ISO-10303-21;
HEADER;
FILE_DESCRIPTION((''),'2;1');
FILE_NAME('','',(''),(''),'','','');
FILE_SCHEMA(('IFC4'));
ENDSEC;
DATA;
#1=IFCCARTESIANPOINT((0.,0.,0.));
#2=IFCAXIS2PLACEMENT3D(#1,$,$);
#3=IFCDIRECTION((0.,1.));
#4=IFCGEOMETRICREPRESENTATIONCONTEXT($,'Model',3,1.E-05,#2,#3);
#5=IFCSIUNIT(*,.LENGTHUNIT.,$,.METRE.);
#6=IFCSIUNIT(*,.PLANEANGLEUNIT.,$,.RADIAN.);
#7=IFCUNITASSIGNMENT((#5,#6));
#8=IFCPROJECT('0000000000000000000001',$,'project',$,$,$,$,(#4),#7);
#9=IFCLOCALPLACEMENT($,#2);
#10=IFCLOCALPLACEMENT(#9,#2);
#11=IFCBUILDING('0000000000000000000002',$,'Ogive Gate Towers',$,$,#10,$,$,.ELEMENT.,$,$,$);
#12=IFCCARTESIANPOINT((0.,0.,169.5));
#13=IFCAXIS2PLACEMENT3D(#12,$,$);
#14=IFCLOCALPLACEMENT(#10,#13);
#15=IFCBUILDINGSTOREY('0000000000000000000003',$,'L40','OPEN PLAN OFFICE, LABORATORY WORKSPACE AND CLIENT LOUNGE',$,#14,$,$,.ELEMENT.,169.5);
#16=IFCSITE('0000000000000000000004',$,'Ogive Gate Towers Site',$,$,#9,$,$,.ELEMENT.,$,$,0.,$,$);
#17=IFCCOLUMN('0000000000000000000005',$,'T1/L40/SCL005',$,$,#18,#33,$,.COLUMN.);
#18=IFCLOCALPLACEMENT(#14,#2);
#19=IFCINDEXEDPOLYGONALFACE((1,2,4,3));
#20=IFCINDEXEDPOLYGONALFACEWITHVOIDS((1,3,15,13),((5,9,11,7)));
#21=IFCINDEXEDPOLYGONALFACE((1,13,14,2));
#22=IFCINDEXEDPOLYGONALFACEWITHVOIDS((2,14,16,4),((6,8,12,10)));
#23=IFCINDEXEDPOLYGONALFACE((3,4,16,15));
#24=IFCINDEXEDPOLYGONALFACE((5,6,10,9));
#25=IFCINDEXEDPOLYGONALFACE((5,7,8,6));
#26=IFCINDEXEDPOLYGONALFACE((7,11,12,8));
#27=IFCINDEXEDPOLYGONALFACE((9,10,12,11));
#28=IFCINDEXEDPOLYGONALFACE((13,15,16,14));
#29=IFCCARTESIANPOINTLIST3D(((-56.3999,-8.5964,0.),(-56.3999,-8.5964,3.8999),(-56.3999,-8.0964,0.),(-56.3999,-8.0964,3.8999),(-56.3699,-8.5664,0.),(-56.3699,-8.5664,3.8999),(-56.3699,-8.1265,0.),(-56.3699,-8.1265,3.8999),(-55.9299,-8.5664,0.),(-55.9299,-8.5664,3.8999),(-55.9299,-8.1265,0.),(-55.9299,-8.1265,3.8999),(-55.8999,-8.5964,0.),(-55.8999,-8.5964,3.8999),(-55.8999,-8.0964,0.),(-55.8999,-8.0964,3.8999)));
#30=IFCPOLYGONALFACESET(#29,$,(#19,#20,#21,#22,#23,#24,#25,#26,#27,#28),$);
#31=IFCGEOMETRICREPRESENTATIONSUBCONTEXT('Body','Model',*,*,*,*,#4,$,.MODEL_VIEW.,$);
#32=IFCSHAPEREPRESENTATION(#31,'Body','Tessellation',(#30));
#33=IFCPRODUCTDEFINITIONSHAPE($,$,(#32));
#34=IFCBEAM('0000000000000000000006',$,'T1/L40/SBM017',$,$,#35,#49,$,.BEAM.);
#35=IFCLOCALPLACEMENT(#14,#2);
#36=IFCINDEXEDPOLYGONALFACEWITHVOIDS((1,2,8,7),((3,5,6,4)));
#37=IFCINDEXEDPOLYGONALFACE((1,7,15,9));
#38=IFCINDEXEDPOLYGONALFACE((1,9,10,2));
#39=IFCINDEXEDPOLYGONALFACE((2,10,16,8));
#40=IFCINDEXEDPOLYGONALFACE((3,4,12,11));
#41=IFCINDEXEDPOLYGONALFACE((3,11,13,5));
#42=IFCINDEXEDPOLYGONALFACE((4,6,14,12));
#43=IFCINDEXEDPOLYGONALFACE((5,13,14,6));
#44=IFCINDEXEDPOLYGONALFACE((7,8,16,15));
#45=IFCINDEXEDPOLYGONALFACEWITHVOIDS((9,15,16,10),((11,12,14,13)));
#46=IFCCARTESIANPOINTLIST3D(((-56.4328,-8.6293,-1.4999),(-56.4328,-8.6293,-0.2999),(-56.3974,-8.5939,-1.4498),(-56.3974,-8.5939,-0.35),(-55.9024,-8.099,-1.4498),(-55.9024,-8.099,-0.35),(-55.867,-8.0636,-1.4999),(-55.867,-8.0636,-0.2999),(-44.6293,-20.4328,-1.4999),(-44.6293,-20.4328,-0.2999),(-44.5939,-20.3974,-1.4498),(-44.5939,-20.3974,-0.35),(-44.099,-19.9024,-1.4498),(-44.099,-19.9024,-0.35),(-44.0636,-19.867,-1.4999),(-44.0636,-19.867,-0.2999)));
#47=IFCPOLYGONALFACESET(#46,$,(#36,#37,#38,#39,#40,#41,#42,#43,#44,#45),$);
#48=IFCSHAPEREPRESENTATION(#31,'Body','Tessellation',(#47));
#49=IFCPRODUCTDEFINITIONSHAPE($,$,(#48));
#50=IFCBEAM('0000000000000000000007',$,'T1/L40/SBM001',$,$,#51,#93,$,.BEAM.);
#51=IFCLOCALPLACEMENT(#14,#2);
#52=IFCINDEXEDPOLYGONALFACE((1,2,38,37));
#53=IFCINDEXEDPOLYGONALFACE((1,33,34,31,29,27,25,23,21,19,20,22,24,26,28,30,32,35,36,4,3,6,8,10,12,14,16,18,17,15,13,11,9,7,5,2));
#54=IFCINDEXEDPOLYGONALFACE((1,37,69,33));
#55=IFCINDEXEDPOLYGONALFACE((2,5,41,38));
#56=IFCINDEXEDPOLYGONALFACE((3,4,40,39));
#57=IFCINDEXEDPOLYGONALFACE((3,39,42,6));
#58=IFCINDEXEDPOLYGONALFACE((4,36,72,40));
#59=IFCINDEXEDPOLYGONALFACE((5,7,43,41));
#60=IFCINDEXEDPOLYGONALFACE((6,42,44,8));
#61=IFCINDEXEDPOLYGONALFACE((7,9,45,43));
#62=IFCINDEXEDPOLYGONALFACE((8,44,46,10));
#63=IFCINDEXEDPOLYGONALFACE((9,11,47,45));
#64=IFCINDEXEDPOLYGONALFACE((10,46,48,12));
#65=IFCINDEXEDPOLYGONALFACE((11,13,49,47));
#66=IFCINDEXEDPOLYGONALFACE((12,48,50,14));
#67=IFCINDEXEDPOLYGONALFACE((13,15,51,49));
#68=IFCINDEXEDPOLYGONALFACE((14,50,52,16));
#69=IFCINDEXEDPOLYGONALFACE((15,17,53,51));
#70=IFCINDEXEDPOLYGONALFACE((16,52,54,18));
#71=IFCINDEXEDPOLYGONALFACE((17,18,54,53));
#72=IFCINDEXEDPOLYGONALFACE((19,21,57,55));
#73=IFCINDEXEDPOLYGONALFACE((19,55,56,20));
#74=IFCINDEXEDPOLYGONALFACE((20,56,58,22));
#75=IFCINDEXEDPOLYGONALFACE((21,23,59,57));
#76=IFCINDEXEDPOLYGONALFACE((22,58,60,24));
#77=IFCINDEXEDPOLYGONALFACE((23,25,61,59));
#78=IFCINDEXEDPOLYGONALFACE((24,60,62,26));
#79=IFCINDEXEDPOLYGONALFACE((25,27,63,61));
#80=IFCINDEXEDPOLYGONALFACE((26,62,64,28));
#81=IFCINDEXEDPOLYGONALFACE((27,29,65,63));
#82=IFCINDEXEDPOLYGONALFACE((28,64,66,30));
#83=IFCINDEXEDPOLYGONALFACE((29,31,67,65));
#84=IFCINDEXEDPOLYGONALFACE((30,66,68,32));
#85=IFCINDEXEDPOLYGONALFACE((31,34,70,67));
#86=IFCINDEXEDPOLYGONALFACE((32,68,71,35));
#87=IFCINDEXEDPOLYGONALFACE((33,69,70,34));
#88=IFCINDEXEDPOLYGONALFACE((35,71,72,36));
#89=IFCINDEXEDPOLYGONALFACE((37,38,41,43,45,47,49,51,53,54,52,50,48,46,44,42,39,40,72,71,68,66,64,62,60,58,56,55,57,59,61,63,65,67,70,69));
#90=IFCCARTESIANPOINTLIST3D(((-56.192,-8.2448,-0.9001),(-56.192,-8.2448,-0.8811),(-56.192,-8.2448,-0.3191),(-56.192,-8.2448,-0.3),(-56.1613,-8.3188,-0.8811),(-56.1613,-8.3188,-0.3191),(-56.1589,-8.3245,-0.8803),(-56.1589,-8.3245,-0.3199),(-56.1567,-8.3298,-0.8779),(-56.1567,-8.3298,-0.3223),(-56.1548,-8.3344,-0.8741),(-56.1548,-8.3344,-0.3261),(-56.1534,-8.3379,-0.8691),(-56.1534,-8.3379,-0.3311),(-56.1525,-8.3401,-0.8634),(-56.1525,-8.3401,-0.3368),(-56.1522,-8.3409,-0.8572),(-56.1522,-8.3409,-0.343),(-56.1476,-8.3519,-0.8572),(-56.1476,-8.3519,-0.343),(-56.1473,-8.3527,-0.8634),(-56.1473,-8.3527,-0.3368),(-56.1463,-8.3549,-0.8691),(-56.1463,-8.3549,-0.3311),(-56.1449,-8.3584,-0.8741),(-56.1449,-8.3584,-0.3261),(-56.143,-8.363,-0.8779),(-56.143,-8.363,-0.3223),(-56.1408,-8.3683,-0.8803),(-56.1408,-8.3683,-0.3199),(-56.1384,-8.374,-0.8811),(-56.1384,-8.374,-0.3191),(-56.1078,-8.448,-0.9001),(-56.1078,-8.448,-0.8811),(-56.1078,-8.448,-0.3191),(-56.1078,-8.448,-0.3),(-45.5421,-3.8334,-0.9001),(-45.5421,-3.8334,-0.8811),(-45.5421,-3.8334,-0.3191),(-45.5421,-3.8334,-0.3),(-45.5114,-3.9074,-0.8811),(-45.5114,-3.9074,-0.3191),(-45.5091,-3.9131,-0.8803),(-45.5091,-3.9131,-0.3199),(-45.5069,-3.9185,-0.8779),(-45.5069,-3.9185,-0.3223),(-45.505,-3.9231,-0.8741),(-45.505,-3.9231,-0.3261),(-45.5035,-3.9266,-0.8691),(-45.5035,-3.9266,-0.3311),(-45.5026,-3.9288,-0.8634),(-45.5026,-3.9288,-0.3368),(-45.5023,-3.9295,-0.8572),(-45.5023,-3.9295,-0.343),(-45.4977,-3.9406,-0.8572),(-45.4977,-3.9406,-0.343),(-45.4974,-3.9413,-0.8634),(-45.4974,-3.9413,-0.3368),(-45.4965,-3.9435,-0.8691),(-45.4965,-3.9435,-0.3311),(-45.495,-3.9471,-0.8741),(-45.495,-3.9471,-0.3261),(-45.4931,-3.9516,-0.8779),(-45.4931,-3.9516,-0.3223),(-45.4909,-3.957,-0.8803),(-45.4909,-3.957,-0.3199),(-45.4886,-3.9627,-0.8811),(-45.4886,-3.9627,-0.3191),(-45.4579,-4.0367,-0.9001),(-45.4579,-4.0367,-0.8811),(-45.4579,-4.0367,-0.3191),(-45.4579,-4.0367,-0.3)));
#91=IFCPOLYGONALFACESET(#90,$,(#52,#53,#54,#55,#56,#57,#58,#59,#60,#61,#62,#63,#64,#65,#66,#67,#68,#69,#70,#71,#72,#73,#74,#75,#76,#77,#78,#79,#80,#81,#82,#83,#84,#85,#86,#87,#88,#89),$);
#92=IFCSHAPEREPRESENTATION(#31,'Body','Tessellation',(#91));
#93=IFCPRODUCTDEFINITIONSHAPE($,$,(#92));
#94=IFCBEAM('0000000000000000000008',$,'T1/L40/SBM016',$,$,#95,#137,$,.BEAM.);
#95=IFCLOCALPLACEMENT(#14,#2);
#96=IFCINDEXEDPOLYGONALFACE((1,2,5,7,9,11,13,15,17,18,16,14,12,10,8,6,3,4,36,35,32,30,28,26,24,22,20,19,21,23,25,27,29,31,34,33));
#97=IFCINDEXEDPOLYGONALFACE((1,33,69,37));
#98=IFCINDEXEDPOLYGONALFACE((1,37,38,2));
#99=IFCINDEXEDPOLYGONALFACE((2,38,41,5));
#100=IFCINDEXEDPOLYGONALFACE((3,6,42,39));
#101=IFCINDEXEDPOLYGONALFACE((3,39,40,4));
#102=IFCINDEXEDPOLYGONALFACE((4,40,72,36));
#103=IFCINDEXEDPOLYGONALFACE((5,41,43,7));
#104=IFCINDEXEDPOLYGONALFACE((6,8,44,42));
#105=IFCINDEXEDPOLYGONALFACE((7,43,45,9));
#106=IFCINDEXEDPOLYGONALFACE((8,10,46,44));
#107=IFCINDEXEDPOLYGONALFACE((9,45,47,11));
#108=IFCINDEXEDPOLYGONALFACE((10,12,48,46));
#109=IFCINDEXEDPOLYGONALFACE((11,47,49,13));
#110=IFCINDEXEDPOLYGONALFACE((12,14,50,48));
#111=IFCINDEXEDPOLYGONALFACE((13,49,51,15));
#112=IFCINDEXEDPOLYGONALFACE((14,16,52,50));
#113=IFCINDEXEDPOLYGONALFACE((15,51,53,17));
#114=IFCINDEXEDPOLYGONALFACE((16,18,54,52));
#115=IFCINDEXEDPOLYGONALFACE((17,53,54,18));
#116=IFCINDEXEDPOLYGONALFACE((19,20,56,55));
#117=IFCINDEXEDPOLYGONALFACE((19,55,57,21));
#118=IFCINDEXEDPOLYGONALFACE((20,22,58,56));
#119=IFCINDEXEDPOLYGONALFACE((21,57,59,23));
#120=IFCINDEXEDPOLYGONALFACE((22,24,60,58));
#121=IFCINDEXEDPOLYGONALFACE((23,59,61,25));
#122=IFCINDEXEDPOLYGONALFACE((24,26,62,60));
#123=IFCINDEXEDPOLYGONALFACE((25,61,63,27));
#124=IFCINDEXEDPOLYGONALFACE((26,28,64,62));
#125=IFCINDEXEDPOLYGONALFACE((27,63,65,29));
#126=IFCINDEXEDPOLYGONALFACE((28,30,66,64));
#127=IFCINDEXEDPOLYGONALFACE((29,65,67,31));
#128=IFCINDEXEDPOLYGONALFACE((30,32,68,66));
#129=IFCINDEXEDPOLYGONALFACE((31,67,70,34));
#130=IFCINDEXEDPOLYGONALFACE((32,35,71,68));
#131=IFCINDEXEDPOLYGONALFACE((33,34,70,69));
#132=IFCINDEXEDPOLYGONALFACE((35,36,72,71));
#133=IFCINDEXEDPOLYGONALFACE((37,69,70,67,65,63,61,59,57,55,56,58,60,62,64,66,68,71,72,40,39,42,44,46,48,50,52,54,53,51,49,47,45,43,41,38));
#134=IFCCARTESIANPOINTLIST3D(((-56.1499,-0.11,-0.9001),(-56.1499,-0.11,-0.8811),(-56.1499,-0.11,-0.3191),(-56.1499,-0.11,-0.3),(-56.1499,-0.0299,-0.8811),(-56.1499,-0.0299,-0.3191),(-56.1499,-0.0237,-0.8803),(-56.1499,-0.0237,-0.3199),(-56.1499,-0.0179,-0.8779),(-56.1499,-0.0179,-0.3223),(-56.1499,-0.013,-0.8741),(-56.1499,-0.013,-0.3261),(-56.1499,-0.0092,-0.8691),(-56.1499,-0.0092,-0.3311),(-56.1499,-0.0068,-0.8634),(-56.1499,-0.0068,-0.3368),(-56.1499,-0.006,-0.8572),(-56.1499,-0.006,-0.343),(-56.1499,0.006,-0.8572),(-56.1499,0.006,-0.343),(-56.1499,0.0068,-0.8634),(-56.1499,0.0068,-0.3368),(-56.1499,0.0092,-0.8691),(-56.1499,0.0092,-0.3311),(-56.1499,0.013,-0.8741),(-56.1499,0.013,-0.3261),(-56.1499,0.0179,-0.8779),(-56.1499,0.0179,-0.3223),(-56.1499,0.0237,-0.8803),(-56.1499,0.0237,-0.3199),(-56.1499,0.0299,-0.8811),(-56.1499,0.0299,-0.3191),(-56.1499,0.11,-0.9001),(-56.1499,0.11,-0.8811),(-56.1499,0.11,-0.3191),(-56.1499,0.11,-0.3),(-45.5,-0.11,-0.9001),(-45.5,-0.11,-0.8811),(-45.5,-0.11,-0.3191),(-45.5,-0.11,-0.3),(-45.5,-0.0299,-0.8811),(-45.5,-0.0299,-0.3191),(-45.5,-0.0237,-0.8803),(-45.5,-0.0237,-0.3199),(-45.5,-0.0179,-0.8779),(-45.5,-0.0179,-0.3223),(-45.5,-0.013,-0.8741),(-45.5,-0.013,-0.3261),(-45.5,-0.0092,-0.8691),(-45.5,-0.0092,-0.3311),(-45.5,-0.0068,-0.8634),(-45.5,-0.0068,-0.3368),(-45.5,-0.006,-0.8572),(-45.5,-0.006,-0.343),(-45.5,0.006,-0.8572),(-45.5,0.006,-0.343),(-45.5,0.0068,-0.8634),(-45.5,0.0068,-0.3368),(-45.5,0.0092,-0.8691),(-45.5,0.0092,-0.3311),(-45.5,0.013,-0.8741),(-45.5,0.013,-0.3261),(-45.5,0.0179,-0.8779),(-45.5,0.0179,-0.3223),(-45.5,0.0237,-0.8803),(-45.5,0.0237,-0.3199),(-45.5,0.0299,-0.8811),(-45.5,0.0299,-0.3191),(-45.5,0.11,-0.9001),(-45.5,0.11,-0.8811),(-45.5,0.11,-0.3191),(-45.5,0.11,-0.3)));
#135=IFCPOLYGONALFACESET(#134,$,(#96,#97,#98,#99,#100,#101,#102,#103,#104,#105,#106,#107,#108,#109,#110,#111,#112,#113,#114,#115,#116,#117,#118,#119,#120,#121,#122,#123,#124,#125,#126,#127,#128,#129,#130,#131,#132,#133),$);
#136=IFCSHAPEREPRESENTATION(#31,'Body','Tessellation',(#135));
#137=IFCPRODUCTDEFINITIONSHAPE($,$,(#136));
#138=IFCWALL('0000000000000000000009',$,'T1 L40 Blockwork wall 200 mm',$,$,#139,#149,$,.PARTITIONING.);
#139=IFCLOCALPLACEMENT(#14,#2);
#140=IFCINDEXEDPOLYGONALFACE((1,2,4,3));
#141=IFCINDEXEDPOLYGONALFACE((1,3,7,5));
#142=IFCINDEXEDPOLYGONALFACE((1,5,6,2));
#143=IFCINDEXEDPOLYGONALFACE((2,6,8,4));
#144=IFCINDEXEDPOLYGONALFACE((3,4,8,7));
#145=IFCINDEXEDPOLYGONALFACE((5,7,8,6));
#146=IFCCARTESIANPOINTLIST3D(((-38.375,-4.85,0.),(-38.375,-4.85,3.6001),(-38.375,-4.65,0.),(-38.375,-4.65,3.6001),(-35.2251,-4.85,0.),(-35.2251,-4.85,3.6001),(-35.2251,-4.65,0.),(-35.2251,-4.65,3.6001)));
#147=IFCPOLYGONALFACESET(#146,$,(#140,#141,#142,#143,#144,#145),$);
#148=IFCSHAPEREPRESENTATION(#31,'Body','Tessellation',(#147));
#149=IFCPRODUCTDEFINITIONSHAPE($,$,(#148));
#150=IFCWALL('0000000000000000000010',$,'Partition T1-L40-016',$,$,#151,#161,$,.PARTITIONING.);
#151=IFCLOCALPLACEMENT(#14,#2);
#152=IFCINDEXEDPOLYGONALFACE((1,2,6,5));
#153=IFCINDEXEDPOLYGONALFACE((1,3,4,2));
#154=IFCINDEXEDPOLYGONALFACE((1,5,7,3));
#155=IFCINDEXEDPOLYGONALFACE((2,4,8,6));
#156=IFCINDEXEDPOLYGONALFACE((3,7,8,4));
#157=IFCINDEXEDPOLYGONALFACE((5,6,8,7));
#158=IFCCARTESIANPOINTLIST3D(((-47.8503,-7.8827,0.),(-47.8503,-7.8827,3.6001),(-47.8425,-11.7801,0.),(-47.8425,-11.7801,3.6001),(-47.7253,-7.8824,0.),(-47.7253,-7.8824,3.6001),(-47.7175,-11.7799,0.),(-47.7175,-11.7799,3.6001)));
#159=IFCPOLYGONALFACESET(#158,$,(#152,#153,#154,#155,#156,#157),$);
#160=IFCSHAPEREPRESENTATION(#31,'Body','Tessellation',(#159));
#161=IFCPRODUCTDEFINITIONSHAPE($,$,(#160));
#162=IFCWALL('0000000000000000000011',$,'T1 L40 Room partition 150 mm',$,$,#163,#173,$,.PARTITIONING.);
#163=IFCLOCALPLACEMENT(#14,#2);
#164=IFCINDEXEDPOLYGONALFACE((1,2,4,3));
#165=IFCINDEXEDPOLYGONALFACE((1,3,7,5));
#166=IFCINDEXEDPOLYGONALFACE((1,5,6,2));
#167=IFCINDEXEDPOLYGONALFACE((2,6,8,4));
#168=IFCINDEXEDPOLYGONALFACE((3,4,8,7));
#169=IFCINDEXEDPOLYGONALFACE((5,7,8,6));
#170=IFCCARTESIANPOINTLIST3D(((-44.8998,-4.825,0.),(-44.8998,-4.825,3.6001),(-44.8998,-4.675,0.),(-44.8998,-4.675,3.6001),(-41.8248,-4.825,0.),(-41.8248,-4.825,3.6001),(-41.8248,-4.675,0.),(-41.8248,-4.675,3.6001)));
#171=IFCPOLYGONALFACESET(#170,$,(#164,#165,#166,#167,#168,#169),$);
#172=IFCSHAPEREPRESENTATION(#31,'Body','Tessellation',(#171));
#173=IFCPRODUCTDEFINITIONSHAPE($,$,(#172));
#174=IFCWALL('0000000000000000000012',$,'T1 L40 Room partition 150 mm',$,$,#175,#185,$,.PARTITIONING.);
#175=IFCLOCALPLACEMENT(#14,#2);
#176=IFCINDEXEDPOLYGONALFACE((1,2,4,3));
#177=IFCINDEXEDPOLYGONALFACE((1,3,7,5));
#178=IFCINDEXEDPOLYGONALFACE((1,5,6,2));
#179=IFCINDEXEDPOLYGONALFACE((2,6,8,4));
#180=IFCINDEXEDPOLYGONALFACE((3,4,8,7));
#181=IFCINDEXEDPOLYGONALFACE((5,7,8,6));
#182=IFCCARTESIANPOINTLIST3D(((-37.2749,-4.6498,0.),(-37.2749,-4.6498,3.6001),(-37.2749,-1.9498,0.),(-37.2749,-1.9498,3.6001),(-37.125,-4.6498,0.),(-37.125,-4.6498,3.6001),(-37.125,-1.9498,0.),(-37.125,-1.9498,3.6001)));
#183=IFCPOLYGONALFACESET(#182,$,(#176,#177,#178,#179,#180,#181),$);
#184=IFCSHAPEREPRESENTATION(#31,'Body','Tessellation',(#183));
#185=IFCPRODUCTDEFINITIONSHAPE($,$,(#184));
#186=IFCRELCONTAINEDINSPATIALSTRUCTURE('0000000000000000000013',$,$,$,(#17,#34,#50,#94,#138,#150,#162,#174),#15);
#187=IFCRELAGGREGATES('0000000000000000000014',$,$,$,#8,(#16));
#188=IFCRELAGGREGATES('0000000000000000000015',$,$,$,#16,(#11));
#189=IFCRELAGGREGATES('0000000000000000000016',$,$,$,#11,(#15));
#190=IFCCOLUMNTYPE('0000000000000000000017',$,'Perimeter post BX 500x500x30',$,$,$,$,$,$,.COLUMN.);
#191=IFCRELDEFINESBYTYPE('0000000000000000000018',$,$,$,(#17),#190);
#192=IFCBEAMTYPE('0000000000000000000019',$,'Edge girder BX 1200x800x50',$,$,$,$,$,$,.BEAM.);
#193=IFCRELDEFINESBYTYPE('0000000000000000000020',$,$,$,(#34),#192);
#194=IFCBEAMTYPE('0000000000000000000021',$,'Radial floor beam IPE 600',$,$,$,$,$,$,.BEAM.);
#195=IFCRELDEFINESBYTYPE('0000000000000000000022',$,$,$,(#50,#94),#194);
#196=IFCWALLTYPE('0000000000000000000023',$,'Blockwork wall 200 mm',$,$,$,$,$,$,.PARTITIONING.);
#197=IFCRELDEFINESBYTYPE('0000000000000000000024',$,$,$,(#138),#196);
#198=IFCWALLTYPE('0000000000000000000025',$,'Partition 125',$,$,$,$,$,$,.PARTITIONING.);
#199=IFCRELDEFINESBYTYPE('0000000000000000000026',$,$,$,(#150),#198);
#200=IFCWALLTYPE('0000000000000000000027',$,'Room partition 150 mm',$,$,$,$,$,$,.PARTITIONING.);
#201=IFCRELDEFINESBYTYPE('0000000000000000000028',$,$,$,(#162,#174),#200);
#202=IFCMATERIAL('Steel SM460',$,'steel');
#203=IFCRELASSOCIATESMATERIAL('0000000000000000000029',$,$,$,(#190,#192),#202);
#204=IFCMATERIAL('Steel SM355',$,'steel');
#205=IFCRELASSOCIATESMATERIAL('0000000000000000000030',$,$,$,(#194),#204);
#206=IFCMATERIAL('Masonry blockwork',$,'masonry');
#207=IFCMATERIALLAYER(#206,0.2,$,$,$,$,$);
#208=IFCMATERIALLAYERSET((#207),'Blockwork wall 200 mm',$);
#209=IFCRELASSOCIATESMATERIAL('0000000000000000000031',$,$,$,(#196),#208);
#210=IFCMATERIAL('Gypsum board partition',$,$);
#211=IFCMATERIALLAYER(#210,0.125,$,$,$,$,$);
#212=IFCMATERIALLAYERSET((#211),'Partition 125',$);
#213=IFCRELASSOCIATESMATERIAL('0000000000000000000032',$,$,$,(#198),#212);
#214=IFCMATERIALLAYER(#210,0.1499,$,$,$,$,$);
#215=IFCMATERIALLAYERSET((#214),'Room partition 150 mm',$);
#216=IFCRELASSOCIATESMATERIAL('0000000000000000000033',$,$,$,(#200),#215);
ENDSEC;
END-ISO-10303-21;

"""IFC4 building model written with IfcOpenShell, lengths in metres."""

from ifc_helpers import new_model, si_unit, direction, frame, frame_2d, origin, origin_2d, place, context, subcontext, project, spatial, rectangle, hollow_rectangle, i_section, extrude, material, layer, layer_set, material_profile, profile_set, type_object, element, save


model = new_model("IFC4")

# Units and contexts
model_context = context("Model", 3, precision=1e-05, world=origin(), true_north=direction((0.0, 1.0)))
body_context = subcontext(model_context, "Body", "Model", "MODEL_VIEW")
ifc_project = project(units=[si_unit("LENGTHUNIT", "METRE"), si_unit("PLANEANGLEUNIT", "RADIAN")], contexts=[model_context])

# Site, building, storey
site_placement = place(None, origin())
site = spatial("IfcSite", under=ifc_project, at=site_placement, Name="Ogive Gate Towers Site", CompositionType="ELEMENT", RefElevation=0.0)
building_placement = place(site_placement, origin())
building = spatial("IfcBuilding", under=site, at=building_placement, Name="Ogive Gate Towers", CompositionType="ELEMENT")
storey_placement = place(building_placement, frame((0.0, 0.0, 169.5)))
storey = spatial("IfcBuildingStorey", under=building, at=storey_placement, Name="L40", Description="OPEN PLAN OFFICE, LABORATORY WORKSPACE AND CLIENT LOUNGE", CompositionType="ELEMENT", Elevation=169.5)

# Column
ifc_material_1 = material(Name="Steel SM460", Category="steel")
ifc_material_profile_1 = material_profile(ifc_material_1, hollow_rectangle(XDim=0.5, YDim=0.5, WallThickness=0.03, at=origin_2d()), Name="BX 500x500x30")
ifc_profile_set_1 = profile_set([ifc_material_profile_1], Name="Steel SM460")
column_type = type_object("IfcColumnType", Name="Perimeter post BX 500x500x30", PredefinedType="COLUMN", material=ifc_profile_set_1)
column_placement = place(storey_placement, frame((-56.1499, -8.3464, 0.0), z_axis=(0.0, 0.0, 1.0), x_axis=(1.0, 0.0, 0.0)))
element("IfcColumn", 1, at=column_placement, inside=storey, type_object=column_type, Name="T1/L40/SCL005", PredefinedType="COLUMN", context=body_context, shape_type="SweptSolid", body=[
    extrude(hollow_rectangle(XDim=0.5, YDim=0.5, WallThickness=0.03, at=origin_2d()), origin(), (0.0, 0.0, 1.0), 3.8999),
])

# Beams
ifc_material_profile_2 = material_profile(ifc_material_1, hollow_rectangle(XDim=0.8, YDim=1.2, WallThickness=0.05, at=origin_2d()), Name="BX 1200x800x50")
ifc_profile_set_2 = profile_set([ifc_material_profile_2], Name="Steel SM460")
beam_type_1 = type_object("IfcBeamType", Name="Edge girder BX 1200x800x50", PredefinedType="BEAM", material=ifc_profile_set_2)
beam_1_placement = place(storey_placement, frame((-56.1499, -8.3464, -0.8999), z_axis=(0.707107, -0.707107, 0.0), x_axis=(0.707107, 0.707107, 0.0)))
element("IfcBeam", 2, at=beam_1_placement, inside=storey, type_object=beam_type_1, Name="T1/L40/SBM017", PredefinedType="BEAM", context=body_context, shape_type="SweptSolid", body=[
    extrude(hollow_rectangle(XDim=0.8, YDim=1.2, WallThickness=0.05, at=origin_2d()), origin(), (0.0, 0.0, 1.0), 16.6926),
])
ifc_material_2 = material(Name="Steel SM355", Category="steel")
ifc_material_profile_3 = material_profile(ifc_material_2, i_section(OverallWidth=0.22, OverallDepth=0.6001, WebThickness=0.012, FlangeThickness=0.019, FilletRadius=0.0239, at=origin_2d()), Name="IPE 600")
ifc_profile_set_3 = profile_set([ifc_material_profile_3], Name="Steel SM355")
beam_type_2 = type_object("IfcBeamType", Name="Radial floor beam IPE 600", PredefinedType="BEAM", material=ifc_profile_set_3)
beam_2_placement = place(storey_placement, frame((-45.5, -3.9351, -0.6001), z_axis=(-0.923878, -0.382687, 0.0), x_axis=(0.382687, -0.923878, 0.0)))
element("IfcBeam", 3, at=beam_2_placement, inside=storey, type_object=beam_type_2, Name="T1/L40/SBM001", PredefinedType="BEAM", context=body_context, shape_type="SweptSolid", body=[
    extrude(i_section(OverallWidth=0.22, OverallDepth=0.6001, WebThickness=0.012, FlangeThickness=0.019, FilletRadius=0.0239, at=origin_2d()), origin(), (0.0, 0.0, 1.0), 11.5273),
])
beam_3_placement = place(storey_placement, frame((-45.5, 0.0, -0.6001), z_axis=(-1.0, 0.0, 0.0), x_axis=(0.0, -1.0, 0.0)))
element("IfcBeam", 4, at=beam_3_placement, inside=storey, type_object=beam_type_2, Name="T1/L40/SBM016", PredefinedType="BEAM", context=body_context, shape_type="SweptSolid", body=[
    extrude(i_section(OverallWidth=0.22, OverallDepth=0.6001, WebThickness=0.012, FlangeThickness=0.019, FilletRadius=0.0239, at=origin_2d()), origin(), (0.0, 0.0, 1.0), 10.6499),
])

# Walls
ifc_material_3 = material(Name="Masonry blockwork", Category="masonry")
ifc_layer_1 = layer(ifc_material_3, 0.2)
ifc_layer_set_1 = layer_set([ifc_layer_1], Name="Blockwork wall 200 mm")
wall_type_1 = type_object("IfcWallType", Name="Blockwork wall 200 mm", PredefinedType="PARTITIONING", material=ifc_layer_set_1)
wall_1_placement = place(storey_placement, frame((-38.375, -4.75, 0.0), z_axis=(0.0, 0.0, 1.0), x_axis=(1.0, 0.0, 0.0)))
element("IfcWall", 5, at=wall_1_placement, inside=storey, type_object=wall_type_1, Name="T1 L40 Blockwork wall 200 mm", PredefinedType="PARTITIONING", context=body_context, shape_type="SweptSolid", body=[
    extrude(rectangle(XDim=3.1499, YDim=0.2, at=frame_2d((1.575, 0.0))), origin(), (0.0, 0.0, 1.0), 3.6001),
])
ifc_material_4 = material(Name="Gypsum board partition")
ifc_layer_2 = layer(ifc_material_4, 0.125)
ifc_layer_set_2 = layer_set([ifc_layer_2], Name="Partition 125")
wall_type_2 = type_object("IfcWallType", Name="Partition 125", PredefinedType="PARTITIONING", material=ifc_layer_set_2)
wall_2_placement = place(storey_placement, frame((-47.7878, -7.8826, 0.0), z_axis=(0.0, 0.0, 1.0), x_axis=(0.002005, -0.999998, 0.0)))
element("IfcWall", 6, at=wall_2_placement, inside=storey, type_object=wall_type_2, Name="Partition T1-L40-016", PredefinedType="PARTITIONING", context=body_context, shape_type="SweptSolid", body=[
    extrude(rectangle(XDim=3.8975, YDim=0.125, at=frame_2d((1.9487, 0.0))), origin(), (0.0, 0.0, 1.0), 3.6001),
])
ifc_layer_3 = layer(ifc_material_4, 0.1499)
ifc_layer_set_3 = layer_set([ifc_layer_3], Name="Room partition 150 mm")
wall_type_3 = type_object("IfcWallType", Name="Room partition 150 mm", PredefinedType="PARTITIONING", material=ifc_layer_set_3)
wall_3_placement = place(storey_placement, frame((-44.8999, -4.75, 0.0), z_axis=(0.0, 0.0, 1.0), x_axis=(1.0, 0.0, 0.0)))
element("IfcWall", 7, at=wall_3_placement, inside=storey, type_object=wall_type_3, Name="T1 L40 Room partition 150 mm", PredefinedType="PARTITIONING", context=body_context, shape_type="SweptSolid", body=[
    extrude(rectangle(XDim=3.075, YDim=0.1499, at=frame_2d((1.5376, 0.0))), origin(), (0.0, 0.0, 1.0), 3.6001),
])
wall_4_placement = place(storey_placement, frame((-37.2, -4.6499, 0.0), z_axis=(0.0, 0.0, 1.0), x_axis=(0.0, 1.0, 0.0)))
element("IfcWall", 8, at=wall_4_placement, inside=storey, type_object=wall_type_3, Name="T1 L40 Room partition 150 mm", PredefinedType="PARTITIONING", context=body_context, shape_type="SweptSolid", body=[
    extrude(rectangle(XDim=2.7, YDim=0.1499, at=frame_2d((1.3501, 0.0))), origin(), (0.0, 0.0, 1.0), 3.6001),
])

save(model, "model.ifc")
